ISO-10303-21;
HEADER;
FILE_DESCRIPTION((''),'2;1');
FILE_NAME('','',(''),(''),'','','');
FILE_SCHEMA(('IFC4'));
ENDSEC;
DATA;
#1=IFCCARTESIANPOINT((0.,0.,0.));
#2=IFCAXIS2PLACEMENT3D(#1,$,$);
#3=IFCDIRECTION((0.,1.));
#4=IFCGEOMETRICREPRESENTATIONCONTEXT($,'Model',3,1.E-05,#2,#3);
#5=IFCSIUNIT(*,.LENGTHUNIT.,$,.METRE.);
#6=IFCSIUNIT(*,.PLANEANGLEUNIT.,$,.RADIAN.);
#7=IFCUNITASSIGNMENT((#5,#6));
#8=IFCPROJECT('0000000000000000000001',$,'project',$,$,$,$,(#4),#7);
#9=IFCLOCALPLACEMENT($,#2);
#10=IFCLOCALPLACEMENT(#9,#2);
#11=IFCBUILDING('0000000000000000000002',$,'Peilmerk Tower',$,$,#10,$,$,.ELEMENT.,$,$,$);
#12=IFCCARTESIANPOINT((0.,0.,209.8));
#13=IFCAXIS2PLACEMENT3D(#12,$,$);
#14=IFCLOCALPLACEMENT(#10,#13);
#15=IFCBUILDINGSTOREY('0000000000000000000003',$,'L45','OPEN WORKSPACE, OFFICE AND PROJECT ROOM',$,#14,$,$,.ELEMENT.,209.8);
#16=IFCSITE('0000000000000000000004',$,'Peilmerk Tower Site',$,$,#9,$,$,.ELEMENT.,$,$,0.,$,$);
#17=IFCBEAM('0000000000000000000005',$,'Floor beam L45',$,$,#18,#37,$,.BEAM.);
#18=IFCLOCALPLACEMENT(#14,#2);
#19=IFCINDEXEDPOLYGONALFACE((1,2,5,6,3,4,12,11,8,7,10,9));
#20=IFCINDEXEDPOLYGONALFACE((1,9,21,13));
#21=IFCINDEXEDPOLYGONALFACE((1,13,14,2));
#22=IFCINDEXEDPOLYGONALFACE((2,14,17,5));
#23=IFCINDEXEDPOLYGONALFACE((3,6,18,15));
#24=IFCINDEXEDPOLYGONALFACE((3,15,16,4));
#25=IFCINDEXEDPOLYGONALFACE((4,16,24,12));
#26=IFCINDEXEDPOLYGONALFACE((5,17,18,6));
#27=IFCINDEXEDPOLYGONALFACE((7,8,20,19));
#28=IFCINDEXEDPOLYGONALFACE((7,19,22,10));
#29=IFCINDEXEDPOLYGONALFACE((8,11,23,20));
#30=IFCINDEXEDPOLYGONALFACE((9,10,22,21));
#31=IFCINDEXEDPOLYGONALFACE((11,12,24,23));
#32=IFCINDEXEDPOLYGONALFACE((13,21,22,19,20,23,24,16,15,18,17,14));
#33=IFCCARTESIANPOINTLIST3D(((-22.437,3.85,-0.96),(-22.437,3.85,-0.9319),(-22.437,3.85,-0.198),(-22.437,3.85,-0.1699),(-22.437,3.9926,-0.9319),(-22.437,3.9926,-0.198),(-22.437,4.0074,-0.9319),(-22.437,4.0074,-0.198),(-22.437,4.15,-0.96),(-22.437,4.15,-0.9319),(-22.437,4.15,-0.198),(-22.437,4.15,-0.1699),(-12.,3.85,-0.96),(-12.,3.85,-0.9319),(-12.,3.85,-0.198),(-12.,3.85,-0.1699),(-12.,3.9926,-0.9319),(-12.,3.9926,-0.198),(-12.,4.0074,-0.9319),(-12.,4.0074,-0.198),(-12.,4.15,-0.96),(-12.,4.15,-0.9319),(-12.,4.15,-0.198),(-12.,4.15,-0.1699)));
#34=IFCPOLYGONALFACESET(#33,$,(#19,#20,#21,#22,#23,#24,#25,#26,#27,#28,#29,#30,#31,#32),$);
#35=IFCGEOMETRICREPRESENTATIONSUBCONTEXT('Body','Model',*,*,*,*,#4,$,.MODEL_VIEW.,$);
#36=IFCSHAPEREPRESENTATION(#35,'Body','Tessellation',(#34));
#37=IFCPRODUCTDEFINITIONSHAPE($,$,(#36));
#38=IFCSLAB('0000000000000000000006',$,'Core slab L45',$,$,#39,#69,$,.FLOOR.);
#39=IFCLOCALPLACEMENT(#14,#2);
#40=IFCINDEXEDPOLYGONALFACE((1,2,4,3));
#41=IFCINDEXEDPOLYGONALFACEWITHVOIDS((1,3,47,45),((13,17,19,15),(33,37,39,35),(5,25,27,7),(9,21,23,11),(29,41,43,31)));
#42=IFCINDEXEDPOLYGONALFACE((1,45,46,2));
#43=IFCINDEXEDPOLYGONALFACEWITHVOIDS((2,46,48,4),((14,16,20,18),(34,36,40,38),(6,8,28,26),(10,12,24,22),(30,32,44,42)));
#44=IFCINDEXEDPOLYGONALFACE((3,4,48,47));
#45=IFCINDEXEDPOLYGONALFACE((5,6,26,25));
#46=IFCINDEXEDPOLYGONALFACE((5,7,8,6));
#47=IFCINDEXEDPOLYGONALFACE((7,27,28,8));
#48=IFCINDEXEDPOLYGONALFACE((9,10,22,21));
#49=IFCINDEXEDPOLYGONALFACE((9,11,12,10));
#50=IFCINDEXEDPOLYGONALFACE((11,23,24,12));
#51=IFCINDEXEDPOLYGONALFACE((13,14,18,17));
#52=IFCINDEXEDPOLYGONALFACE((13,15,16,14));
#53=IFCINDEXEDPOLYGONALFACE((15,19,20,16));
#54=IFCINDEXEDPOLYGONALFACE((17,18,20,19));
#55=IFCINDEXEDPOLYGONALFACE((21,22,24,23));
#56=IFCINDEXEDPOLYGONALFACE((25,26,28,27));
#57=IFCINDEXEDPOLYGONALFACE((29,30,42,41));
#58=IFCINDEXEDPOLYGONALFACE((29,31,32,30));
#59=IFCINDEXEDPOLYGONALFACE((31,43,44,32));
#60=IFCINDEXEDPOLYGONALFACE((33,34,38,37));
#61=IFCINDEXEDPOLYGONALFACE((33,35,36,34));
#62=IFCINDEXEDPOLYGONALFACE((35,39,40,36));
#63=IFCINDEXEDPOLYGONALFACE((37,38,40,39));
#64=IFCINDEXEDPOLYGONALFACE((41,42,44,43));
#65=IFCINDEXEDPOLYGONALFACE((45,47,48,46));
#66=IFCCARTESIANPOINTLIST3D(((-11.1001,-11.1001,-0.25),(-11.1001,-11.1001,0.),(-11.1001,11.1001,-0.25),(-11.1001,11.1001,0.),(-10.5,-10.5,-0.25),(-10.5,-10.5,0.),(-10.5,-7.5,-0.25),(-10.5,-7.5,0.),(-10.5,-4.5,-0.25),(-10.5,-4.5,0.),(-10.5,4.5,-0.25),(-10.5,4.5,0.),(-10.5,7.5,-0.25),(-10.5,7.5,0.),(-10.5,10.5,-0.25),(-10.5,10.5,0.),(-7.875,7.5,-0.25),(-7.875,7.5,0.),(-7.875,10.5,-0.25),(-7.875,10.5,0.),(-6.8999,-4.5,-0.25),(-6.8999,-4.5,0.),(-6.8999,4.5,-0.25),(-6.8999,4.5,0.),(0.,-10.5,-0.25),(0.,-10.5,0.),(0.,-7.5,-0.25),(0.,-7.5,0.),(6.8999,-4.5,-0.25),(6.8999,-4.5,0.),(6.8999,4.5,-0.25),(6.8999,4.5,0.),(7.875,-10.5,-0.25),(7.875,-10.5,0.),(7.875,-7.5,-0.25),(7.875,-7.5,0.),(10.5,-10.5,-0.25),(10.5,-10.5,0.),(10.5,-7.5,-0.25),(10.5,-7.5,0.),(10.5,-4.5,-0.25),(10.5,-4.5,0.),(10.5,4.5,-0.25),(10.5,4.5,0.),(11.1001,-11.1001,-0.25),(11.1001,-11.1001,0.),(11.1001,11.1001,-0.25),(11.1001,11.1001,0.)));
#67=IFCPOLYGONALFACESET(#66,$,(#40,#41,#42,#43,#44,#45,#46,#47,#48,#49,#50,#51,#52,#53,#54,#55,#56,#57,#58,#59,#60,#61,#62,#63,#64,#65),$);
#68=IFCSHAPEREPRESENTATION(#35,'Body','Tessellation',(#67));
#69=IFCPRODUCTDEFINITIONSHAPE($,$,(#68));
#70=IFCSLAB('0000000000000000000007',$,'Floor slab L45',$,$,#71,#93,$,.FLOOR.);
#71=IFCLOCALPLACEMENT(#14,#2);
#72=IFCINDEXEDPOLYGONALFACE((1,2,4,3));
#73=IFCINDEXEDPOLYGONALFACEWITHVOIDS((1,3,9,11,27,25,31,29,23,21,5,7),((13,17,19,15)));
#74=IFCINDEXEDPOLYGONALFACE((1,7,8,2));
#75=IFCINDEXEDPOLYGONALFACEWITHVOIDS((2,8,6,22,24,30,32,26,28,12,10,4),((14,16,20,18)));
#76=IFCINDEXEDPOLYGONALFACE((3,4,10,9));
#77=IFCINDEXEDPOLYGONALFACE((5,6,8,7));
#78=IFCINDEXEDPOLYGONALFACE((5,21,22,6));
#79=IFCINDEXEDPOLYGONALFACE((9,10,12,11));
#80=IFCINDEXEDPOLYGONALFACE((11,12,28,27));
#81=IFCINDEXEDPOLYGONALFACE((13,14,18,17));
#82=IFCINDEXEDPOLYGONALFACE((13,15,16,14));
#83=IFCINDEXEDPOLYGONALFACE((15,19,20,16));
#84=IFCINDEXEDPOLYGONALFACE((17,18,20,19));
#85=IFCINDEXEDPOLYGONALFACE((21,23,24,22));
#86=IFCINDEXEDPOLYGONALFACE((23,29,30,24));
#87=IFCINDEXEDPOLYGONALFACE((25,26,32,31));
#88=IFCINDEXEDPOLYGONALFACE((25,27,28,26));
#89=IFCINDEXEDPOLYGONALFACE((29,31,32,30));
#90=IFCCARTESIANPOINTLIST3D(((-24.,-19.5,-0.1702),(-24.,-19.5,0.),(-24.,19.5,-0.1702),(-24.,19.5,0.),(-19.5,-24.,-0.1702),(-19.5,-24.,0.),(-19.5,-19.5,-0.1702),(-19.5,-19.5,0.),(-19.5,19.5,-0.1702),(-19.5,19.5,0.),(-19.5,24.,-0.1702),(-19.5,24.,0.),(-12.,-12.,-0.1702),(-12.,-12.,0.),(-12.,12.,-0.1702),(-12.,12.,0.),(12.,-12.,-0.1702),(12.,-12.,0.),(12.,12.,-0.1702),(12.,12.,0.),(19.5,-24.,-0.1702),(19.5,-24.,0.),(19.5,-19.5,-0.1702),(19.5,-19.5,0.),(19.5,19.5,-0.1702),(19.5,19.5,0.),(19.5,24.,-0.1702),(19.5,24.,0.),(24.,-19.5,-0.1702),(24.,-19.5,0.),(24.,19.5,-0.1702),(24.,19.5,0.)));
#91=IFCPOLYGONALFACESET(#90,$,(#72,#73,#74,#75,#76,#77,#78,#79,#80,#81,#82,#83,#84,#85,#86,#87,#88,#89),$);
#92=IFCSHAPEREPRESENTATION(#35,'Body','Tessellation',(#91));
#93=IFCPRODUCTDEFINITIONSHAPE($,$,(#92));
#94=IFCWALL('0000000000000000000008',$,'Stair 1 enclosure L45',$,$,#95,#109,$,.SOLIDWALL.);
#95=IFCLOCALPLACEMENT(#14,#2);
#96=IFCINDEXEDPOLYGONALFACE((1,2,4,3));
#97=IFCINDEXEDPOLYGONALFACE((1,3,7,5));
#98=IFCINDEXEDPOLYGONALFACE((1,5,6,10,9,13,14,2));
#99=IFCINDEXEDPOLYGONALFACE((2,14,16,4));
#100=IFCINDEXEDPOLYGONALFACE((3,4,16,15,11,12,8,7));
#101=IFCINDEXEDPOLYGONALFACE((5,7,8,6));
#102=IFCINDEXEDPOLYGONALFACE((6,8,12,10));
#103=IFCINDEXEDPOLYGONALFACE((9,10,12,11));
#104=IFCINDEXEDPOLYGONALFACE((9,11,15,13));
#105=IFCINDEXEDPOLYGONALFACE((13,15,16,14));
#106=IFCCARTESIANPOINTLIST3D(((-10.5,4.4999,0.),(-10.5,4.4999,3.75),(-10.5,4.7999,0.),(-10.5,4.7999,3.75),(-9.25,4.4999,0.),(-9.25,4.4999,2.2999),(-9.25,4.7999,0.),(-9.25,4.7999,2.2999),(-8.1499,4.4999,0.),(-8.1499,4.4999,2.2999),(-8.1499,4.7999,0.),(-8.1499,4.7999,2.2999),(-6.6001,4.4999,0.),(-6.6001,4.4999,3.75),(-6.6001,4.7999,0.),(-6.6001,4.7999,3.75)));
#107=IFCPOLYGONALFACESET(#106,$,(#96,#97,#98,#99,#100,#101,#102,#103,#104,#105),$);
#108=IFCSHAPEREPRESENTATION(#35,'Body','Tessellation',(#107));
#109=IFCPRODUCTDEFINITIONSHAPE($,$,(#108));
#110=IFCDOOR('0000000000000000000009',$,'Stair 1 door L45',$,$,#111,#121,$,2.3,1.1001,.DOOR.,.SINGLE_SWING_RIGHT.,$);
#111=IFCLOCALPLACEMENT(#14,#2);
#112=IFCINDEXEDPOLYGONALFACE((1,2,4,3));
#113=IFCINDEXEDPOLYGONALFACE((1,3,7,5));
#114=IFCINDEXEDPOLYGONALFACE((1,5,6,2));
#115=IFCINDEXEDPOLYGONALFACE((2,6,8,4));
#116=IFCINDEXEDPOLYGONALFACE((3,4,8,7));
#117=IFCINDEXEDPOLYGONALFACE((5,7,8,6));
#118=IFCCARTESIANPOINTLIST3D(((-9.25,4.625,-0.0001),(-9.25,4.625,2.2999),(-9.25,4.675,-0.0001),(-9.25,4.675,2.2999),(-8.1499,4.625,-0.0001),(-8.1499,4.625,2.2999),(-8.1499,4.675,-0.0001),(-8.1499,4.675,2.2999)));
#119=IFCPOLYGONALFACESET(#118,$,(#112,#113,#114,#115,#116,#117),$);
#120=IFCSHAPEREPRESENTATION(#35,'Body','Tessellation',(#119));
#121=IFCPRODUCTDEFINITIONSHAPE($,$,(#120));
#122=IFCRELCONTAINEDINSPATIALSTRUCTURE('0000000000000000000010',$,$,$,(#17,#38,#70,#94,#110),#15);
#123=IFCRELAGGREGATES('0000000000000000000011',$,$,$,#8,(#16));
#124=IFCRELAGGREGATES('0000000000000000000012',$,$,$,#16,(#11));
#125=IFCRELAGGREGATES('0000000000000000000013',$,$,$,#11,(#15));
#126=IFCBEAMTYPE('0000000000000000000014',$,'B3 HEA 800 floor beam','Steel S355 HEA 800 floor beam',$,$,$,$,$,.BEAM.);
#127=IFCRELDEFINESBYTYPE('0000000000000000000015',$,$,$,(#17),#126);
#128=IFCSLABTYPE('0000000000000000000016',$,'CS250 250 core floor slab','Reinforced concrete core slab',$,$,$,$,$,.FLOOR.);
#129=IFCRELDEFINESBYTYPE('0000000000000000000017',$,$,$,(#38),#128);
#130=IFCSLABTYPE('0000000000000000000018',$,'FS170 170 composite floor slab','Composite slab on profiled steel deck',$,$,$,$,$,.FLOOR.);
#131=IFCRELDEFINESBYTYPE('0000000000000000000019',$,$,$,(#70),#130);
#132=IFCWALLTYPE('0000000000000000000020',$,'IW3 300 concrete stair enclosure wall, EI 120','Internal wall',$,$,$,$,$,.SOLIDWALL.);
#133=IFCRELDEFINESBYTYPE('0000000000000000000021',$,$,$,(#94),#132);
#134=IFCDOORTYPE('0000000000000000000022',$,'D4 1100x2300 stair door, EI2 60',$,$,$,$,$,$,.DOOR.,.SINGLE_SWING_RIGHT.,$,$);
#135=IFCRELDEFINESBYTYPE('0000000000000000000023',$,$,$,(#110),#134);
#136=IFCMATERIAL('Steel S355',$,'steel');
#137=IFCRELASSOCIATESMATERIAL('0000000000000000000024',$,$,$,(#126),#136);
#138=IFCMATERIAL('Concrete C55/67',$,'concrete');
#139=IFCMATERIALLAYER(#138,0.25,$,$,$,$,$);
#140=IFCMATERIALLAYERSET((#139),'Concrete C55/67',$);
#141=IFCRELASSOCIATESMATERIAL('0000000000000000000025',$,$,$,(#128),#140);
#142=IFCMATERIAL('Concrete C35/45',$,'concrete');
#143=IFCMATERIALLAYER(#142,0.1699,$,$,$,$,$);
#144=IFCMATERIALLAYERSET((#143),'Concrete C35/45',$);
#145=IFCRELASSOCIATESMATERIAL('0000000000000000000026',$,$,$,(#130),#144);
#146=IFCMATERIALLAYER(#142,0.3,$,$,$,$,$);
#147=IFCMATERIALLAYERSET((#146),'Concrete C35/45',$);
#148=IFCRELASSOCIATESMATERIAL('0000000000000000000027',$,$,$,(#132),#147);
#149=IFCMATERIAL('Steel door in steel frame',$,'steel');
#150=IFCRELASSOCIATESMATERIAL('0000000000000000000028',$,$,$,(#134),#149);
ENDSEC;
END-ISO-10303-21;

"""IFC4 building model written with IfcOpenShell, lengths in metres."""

from ifc_helpers import new_model, si_unit, direction, frame, frame_2d, origin, origin_2d, place, context, subcontext, project, spatial, polyline, rectangle, i_section, outline, extrude, material, layer, layer_set, material_profile, profile_set, type_object, element, fill, save


model = new_model("IFC4")

# Units and contexts
model_context = context("Model", 3, precision=1e-05, world=origin(), true_north=direction((0.0, 1.0)))
body_context = subcontext(model_context, "Body", "Model", "MODEL_VIEW")
ifc_project = project(units=[si_unit("LENGTHUNIT", "METRE"), si_unit("PLANEANGLEUNIT", "RADIAN")], contexts=[model_context])

# Site, building, storey
site_placement = place(None, origin())
site = spatial("IfcSite", under=ifc_project, at=site_placement, Name="Peilmerk Tower Site", CompositionType="ELEMENT", RefElevation=0.0)
building_placement = place(site_placement, origin())
building = spatial("IfcBuilding", under=site, at=building_placement, Name="Peilmerk Tower", CompositionType="ELEMENT")
storey_placement = place(building_placement, frame((0.0, 0.0, 209.8)))
storey = spatial("IfcBuildingStorey", under=building, at=storey_placement, Name="L45", Description="OPEN WORKSPACE, OFFICE AND PROJECT ROOM", CompositionType="ELEMENT", Elevation=209.8)

# Beam
ifc_material_1 = material(Name="Steel S355", Category="steel")
ifc_material_profile = material_profile(ifc_material_1, i_section(OverallWidth=0.3, OverallDepth=0.79, WebThickness=0.0149, FlangeThickness=0.0281, at=origin_2d()), Name="HEA 800")
ifc_profile_set = profile_set([ifc_material_profile], Name="Steel S355")
beam_type = type_object("IfcBeamType", Name="B3 HEA 800 floor beam", Description="Steel S355 HEA 800 floor beam", PredefinedType="BEAM", material=ifc_profile_set)
beam_placement = place(storey_placement, frame((-12.0, 4.0, -0.5649), z_axis=(-1.0, 0.0, 0.0), x_axis=(0.0, -1.0, 0.0)))
element("IfcBeam", 1, at=beam_placement, inside=storey, type_object=beam_type, Name="Floor beam L45", PredefinedType="BEAM", context=body_context, shape_type="SweptSolid", body=[
    extrude(i_section(OverallWidth=0.3, OverallDepth=0.79, WebThickness=0.0149, FlangeThickness=0.0281, at=origin_2d()), origin(), (0.0, 0.0, 1.0), 10.437),
])

# Slabs
ifc_material_2 = material(Name="Concrete C55/67", Category="concrete")
ifc_layer_1 = layer(ifc_material_2, 0.25)
ifc_layer_set_1 = layer_set([ifc_layer_1], Name="Concrete C55/67")
slab_type_1 = type_object("IfcSlabType", Name="CS250 250 core floor slab", Description="Reinforced concrete core slab", PredefinedType="FLOOR", material=ifc_layer_set_1)
slab_1_placement = place(storey_placement, frame((0.0, 0.0, -0.25)))
element("IfcSlab", 2, at=slab_1_placement, inside=storey, type_object=slab_type_1, Name="Core slab L45", PredefinedType="FLOOR", context=body_context, shape_type="SweptSolid", body=[
    extrude(outline(polyline([(11.1001, -11.1001), (11.1001, 11.1001), (-11.1001, 11.1001), (-11.1001, -11.1001), (11.1001, -11.1001)]), holes=[polyline([(-7.875, 7.5), (-10.5, 7.5), (-10.5, 10.5), (-7.875, 10.5), (-7.875, 7.5)]), polyline([(0.0, -10.5), (-10.5, -10.5), (-10.5, -7.5), (0.0, -7.5), (0.0, -10.5)]), polyline([(7.875, -10.5), (7.875, -7.5), (10.5, -7.5), (10.5, -10.5), (7.875, -10.5)]), polyline([(-10.5, 4.5), (-6.8999, 4.5), (-6.8999, -4.5), (-10.5, -4.5), (-10.5, 4.5)]), polyline([(10.5, 4.5), (10.5, -4.5), (6.8999, -4.5), (6.8999, 4.5), (10.5, 4.5)])]), origin(), (0.0, 0.0, 1.0), 0.25),
])
ifc_material_3 = material(Name="Concrete C35/45", Category="concrete")
ifc_layer_2 = layer(ifc_material_3, 0.1699)
ifc_layer_set_2 = layer_set([ifc_layer_2], Name="Concrete C35/45")
slab_type_2 = type_object("IfcSlabType", Name="FS170 170 composite floor slab", Description="Composite slab on profiled steel deck", PredefinedType="FLOOR", material=ifc_layer_set_2)
slab_2_placement = place(storey_placement, frame((0.0, 0.0, -0.1702)))
element("IfcSlab", 3, at=slab_2_placement, inside=storey, type_object=slab_type_2, Name="Floor slab L45", PredefinedType="FLOOR", context=body_context, shape_type="SweptSolid", body=[
    extrude(outline(polyline([(-19.5, -24.0), (19.5, -24.0), (19.5, -19.5), (24.0, -19.5), (24.0, 19.5), (19.5, 19.5), (19.5, 24.0), (-19.5, 24.0), (-19.5, 19.5), (-24.0, 19.5), (-24.0, -19.5), (-19.5, -19.5), (-19.5, -24.0)]), holes=[polyline([(12.0, 12.0), (12.0, -12.0), (-12.0, -12.0), (-12.0, 12.0), (12.0, 12.0)])]), origin(), (0.0, 0.0, 1.0), 0.1702),
])

# Wall, opening, door
ifc_layer_3 = layer(ifc_material_3, 0.3)
ifc_layer_set_3 = layer_set([ifc_layer_3], Name="Concrete C35/45")
wall_type_1 = type_object("IfcWallType", Name="IW3 300 concrete stair enclosure wall, EI 120", Description="Internal wall", PredefinedType="SOLIDWALL", material=ifc_layer_set_3)
wall_1_placement = place(storey_placement, frame((-10.5, 4.6499, 0.0), z_axis=(0.0, 0.0, 1.0), x_axis=(1.0, 0.0, 0.0)))
wall_1 = element("IfcWall", 4, at=wall_1_placement, inside=storey, type_object=wall_type_1, Name="Stair 1 enclosure L45", PredefinedType="SOLIDWALL", context=body_context, shape_type="SweptSolid", body=[
    extrude(rectangle(XDim=3.8999, YDim=0.3, at=frame_2d((1.95, 0.0))), origin(), (0.0, 0.0, 1.0), 3.75),
])
opening_1_placement = place(wall_1_placement, frame((1.25, 0.0, 0.0)))
opening_1 = element("IfcOpeningElement", 5, at=opening_1_placement, cuts=wall_1, PredefinedType="OPENING", context=body_context, shape_type="SweptSolid", body=[
    extrude(rectangle(XDim=1.1001, YDim=2.3, at=frame_2d((0.55, 1.1499))), frame((0.0, 0.1599, 0.0), z_axis=(0.0, -1.0, 0.0), x_axis=(1.0, 0.0, 0.0)), (0.0, 0.0, 1.0), 0.3201),
])
ifc_material_4 = material(Name="Steel door in steel frame", Category="steel")
door_type_1 = type_object("IfcDoorType", Name="D4 1100x2300 stair door, EI2 60", OperationType="SINGLE_SWING_RIGHT", PredefinedType="DOOR", material=ifc_material_4)
door_1_placement = place(opening_1_placement, frame((1.1001, 0.0, 0.0), z_axis=(0.0, 0.0, 1.0), x_axis=(-1.0, 0.0, 0.0)))
door_1 = element("IfcDoor", 6, at=door_1_placement, inside=storey, type_object=door_type_1, Name="Stair 1 door L45", OperationType="SINGLE_SWING_RIGHT", OverallHeight=2.3, OverallWidth=1.1001, PredefinedType="DOOR", context=body_context, shape_type="SweptSolid", body=[
    extrude(rectangle(XDim=1.1001, YDim=2.3, at=frame_2d((0.55, 1.1499))), frame((0.0, 0.0249, 0.0), z_axis=(0.0, -1.0, 0.0), x_axis=(1.0, 0.0, 0.0)), (0.0, 0.0, 1.0), 0.05),
])
fill(opening_1, door_1)

save(model, "model.ifc")
